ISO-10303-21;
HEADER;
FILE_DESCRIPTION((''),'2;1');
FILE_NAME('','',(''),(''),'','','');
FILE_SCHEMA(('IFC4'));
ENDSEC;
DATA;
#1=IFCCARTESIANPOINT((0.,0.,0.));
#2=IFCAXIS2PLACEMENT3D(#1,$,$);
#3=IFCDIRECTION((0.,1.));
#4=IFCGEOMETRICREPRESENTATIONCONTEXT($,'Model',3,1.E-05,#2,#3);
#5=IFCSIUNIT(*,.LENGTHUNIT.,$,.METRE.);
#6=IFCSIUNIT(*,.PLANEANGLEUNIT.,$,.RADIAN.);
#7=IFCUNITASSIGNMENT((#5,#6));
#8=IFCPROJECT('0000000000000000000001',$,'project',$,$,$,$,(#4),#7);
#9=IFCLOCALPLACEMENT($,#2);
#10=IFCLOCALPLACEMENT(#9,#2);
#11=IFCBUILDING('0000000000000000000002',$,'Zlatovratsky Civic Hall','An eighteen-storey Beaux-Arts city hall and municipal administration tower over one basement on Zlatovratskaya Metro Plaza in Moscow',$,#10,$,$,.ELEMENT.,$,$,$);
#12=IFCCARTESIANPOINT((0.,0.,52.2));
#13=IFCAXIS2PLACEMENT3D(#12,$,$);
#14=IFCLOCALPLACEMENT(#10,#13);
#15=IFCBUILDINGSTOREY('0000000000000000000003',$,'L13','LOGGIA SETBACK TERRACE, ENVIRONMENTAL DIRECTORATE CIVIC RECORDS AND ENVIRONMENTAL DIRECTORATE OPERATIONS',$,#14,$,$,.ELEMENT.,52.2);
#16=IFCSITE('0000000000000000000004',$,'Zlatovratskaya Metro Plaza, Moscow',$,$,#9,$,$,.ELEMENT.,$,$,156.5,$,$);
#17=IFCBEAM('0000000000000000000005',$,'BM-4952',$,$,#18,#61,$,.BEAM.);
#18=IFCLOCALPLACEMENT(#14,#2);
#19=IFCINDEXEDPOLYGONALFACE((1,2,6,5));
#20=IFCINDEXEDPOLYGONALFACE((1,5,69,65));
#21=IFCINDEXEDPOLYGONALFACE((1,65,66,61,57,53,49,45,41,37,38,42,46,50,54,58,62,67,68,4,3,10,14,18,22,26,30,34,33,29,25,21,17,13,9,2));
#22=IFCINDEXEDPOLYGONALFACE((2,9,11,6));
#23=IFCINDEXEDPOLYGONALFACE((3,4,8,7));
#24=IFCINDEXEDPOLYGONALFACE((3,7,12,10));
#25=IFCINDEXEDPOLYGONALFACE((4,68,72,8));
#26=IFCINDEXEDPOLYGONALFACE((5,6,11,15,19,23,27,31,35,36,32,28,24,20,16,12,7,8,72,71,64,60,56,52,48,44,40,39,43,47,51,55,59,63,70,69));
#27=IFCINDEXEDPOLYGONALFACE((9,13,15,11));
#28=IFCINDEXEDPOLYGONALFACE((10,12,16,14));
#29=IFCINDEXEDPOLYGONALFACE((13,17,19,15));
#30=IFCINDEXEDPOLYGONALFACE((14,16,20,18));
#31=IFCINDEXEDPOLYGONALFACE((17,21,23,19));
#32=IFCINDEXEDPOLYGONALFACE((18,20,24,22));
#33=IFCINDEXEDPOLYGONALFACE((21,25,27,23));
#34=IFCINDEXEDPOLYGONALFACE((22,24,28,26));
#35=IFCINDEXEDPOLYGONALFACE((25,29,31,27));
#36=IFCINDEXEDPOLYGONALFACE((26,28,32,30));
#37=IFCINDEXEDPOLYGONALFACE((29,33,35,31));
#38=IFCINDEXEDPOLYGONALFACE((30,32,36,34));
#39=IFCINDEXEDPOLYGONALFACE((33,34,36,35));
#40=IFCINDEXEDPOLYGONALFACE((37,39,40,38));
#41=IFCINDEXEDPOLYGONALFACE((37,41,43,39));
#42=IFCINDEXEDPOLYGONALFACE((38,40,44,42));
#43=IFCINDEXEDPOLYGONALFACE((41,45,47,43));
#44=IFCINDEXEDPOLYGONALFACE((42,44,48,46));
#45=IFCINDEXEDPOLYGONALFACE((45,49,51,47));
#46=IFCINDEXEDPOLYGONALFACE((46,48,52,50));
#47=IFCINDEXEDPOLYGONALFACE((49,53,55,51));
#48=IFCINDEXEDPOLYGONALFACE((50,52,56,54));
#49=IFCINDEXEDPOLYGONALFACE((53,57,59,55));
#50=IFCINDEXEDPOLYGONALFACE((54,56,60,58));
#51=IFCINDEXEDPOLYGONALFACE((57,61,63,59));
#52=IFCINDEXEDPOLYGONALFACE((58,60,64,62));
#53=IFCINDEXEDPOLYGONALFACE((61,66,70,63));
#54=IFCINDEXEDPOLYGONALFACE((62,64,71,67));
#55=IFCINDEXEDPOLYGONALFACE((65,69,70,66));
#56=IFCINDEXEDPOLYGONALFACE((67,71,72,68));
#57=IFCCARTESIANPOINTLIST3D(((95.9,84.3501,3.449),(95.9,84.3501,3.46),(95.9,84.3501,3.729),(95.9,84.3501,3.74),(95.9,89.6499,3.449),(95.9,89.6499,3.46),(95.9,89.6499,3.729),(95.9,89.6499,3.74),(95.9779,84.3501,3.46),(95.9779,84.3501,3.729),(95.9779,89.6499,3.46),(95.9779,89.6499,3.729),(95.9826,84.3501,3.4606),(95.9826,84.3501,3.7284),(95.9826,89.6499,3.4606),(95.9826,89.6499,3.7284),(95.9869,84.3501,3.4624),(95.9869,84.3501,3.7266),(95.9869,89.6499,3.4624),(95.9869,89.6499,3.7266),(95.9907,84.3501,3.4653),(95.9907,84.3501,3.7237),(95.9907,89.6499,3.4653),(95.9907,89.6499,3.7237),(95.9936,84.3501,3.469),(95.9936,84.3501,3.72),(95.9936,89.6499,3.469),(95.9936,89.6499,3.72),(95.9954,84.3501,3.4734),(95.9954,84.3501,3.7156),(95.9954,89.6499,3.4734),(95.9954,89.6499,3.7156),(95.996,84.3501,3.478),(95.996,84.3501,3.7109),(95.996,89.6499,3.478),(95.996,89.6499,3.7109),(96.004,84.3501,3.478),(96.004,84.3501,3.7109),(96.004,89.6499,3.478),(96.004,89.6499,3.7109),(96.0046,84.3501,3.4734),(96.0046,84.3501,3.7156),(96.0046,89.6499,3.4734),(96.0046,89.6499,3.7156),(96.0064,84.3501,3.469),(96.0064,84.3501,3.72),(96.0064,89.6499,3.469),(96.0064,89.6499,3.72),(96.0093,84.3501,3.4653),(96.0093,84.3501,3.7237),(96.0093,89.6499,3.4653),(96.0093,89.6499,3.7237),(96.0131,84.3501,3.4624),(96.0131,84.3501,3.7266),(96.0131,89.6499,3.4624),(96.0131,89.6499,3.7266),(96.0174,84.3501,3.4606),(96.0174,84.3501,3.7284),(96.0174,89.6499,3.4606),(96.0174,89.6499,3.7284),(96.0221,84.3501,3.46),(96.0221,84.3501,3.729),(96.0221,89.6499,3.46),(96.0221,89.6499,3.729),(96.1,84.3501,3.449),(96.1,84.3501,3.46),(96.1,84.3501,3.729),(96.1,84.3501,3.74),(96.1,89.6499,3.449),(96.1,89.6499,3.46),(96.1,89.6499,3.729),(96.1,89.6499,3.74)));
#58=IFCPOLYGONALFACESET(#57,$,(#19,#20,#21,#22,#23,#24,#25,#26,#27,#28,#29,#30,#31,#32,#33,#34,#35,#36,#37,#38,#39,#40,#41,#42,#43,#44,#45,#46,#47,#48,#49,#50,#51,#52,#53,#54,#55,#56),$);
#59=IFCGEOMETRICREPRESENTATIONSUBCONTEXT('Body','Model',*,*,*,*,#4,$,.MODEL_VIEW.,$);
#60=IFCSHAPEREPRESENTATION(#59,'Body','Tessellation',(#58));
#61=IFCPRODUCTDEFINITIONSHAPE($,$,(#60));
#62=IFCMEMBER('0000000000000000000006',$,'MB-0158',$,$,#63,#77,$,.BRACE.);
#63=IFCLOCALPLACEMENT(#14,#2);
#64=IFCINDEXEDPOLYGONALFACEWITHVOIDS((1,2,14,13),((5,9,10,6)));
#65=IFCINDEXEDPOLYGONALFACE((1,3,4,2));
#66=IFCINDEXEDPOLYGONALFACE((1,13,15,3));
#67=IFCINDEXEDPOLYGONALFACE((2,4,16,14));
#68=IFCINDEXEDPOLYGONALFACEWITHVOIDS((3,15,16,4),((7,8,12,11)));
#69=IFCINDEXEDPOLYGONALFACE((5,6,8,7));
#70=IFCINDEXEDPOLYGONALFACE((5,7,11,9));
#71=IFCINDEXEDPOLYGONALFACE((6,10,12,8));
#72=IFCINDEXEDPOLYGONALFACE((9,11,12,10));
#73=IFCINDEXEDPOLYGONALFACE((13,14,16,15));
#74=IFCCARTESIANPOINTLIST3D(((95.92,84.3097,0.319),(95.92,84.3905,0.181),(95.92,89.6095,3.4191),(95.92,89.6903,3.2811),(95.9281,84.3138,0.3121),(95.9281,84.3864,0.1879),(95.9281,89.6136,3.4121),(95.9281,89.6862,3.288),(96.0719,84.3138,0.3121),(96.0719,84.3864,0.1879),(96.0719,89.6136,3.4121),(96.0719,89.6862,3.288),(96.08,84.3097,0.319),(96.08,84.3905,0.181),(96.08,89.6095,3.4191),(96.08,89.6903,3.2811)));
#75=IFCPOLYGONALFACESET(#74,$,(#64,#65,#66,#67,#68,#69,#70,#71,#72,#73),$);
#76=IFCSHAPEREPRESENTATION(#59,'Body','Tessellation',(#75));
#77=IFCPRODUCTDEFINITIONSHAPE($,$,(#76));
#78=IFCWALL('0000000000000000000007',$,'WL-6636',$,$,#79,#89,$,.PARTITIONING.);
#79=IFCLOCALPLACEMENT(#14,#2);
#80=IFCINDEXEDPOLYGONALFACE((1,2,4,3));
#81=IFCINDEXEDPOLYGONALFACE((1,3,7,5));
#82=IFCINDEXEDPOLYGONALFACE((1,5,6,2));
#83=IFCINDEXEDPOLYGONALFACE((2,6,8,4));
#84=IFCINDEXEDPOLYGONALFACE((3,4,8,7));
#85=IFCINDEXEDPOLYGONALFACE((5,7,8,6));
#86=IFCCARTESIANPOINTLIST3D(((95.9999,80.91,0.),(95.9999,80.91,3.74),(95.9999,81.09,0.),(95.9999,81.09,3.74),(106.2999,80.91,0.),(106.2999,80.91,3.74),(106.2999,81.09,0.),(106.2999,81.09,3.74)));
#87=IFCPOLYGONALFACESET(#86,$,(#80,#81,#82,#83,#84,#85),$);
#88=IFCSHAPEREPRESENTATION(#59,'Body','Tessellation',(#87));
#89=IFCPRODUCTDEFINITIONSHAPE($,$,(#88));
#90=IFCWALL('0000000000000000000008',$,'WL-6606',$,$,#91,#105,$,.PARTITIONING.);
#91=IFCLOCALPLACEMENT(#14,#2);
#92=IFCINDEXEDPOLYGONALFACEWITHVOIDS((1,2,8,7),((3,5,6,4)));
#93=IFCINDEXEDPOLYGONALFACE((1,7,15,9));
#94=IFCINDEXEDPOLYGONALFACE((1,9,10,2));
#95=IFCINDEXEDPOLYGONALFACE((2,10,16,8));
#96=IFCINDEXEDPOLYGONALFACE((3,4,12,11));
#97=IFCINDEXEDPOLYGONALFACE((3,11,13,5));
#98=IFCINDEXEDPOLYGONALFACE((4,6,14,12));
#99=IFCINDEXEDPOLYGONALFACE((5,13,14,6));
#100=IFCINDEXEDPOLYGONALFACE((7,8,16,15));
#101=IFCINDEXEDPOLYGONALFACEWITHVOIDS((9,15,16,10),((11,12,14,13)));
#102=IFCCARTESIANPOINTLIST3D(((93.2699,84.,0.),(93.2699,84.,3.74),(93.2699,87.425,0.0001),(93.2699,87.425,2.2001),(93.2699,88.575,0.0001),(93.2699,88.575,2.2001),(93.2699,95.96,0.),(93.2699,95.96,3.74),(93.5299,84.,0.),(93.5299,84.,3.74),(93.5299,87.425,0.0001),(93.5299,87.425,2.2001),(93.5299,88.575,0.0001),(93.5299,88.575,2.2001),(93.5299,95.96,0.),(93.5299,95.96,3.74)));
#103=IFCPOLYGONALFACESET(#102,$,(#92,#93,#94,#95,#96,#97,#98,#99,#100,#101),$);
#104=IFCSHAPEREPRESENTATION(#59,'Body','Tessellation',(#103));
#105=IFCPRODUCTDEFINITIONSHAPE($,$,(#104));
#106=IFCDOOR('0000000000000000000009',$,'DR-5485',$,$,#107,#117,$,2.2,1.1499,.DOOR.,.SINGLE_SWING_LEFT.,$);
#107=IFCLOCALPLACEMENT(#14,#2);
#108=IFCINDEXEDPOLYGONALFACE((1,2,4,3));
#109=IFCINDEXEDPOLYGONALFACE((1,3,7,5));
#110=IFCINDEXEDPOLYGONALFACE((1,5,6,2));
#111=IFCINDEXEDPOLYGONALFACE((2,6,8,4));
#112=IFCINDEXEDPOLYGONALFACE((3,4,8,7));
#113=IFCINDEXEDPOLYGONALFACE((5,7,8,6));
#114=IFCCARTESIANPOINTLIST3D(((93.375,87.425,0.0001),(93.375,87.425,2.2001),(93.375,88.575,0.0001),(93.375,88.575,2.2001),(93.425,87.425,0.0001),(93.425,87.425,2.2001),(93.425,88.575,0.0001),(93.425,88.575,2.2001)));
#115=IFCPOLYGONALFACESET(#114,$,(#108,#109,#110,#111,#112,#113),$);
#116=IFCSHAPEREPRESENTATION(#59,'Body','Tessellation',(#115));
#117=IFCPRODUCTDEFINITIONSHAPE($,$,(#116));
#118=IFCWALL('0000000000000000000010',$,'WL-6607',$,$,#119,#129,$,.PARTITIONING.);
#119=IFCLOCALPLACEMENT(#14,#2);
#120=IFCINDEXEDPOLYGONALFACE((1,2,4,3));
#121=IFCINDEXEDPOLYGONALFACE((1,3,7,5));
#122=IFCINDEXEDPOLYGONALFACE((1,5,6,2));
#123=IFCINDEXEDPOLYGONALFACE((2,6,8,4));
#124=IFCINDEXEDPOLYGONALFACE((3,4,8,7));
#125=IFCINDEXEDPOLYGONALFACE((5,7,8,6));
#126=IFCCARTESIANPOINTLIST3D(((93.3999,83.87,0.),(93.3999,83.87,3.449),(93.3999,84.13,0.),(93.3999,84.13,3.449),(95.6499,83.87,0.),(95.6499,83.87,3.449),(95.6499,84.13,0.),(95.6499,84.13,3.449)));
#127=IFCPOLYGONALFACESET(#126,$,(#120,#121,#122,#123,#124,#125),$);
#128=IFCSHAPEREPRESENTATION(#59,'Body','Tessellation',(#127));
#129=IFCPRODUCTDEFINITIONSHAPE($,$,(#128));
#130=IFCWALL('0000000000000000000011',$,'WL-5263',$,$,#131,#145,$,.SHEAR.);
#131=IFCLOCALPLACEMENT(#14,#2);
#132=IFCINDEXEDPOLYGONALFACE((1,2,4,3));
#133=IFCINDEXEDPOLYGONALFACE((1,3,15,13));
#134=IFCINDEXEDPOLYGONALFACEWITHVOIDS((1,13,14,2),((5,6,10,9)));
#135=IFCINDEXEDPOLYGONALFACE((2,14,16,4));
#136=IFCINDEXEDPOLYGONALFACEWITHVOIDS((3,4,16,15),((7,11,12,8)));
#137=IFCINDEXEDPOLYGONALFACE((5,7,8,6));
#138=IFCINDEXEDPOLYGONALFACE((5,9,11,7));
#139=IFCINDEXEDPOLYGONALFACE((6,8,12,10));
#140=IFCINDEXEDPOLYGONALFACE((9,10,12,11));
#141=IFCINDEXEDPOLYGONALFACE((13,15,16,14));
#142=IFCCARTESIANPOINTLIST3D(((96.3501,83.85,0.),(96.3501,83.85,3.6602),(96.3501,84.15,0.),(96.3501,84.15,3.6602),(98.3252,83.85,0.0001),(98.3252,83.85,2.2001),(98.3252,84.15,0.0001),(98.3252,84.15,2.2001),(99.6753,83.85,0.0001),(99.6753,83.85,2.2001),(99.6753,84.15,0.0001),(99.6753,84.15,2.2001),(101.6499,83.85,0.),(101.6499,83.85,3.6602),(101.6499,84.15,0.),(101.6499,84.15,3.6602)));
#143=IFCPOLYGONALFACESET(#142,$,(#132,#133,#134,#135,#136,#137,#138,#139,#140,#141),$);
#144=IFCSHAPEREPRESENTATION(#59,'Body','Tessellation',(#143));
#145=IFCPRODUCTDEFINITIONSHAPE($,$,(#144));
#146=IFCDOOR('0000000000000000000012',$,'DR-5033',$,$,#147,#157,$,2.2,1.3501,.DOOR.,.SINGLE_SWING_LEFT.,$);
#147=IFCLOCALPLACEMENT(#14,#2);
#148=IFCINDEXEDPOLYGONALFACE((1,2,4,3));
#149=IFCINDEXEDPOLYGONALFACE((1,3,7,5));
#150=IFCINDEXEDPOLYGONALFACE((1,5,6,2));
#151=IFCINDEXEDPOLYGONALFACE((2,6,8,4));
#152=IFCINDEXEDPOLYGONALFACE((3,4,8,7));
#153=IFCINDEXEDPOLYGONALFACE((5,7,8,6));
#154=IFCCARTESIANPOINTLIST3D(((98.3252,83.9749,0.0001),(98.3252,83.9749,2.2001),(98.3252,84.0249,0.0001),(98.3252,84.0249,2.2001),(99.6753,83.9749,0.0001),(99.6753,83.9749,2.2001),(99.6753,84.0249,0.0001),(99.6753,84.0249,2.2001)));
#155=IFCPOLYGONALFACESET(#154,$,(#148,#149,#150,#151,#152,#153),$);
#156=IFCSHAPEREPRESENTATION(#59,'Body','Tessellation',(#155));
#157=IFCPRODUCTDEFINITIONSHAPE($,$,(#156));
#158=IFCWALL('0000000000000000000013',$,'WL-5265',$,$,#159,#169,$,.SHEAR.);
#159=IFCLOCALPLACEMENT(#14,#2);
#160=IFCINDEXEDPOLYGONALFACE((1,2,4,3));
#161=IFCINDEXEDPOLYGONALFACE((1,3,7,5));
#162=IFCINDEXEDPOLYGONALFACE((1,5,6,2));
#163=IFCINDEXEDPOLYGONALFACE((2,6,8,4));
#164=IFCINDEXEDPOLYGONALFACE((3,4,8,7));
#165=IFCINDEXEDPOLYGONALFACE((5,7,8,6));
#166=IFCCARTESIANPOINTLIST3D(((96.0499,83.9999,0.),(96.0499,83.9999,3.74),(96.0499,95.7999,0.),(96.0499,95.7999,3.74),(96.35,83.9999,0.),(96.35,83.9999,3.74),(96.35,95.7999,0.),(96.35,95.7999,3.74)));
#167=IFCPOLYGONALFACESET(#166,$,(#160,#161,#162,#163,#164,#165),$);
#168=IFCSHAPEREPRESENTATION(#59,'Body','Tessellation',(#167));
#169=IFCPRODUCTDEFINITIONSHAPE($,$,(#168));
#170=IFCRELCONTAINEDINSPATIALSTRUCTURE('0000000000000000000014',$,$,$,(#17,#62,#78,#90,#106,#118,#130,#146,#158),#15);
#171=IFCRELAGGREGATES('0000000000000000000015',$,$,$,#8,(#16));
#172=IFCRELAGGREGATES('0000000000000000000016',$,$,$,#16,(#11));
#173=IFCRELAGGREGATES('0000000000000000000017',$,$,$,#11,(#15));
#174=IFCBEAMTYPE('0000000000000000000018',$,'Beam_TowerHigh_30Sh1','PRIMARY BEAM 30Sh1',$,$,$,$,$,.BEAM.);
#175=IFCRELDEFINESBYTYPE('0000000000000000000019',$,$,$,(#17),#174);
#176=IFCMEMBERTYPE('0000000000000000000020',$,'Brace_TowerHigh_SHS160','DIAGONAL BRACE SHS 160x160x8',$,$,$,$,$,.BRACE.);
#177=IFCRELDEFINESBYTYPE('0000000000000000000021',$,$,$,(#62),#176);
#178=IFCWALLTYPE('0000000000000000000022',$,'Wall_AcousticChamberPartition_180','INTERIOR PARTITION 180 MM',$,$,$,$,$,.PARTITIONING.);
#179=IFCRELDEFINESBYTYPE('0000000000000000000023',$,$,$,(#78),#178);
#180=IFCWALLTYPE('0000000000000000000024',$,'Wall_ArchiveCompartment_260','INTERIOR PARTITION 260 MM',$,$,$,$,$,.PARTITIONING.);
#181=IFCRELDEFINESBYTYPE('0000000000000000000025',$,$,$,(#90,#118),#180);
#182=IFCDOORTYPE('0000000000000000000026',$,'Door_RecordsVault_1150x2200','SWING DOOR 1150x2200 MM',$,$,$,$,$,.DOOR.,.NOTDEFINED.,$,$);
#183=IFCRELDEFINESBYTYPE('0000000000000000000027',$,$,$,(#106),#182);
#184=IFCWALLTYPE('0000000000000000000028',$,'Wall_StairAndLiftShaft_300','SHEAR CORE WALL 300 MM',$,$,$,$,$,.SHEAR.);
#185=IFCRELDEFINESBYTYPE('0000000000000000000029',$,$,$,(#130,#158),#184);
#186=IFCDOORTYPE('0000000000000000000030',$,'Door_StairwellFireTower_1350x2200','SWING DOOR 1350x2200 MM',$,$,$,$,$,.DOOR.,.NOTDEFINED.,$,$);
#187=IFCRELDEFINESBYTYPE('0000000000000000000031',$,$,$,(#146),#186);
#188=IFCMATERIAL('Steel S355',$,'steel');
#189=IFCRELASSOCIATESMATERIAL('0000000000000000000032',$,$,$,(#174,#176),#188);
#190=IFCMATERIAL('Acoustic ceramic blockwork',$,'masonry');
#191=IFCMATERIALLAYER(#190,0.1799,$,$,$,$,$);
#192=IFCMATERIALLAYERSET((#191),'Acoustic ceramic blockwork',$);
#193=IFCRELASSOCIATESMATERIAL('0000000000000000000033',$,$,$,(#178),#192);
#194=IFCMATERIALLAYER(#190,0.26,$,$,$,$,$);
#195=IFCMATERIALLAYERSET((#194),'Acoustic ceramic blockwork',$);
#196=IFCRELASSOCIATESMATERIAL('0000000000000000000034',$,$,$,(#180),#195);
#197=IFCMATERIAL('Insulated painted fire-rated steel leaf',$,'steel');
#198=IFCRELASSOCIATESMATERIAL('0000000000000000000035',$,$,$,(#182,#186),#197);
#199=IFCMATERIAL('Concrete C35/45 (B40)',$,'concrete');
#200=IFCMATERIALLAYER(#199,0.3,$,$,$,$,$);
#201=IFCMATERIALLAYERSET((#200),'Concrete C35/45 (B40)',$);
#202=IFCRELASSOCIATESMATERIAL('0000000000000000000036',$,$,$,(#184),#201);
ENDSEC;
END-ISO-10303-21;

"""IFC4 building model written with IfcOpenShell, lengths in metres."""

from ifc_helpers import new_model, si_unit, direction, frame, frame_2d, origin, origin_2d, place, context, subcontext, project, spatial, rectangle, hollow_rectangle, i_section, extrude, material, layer, layer_set, material_profile, profile_set, type_object, element, fill, save


model = new_model("IFC4")

# Units and contexts
model_context = context("Model", 3, precision=1e-05, world=origin(), true_north=direction((0.0, 1.0)))
body_context = subcontext(model_context, "Body", "Model", "MODEL_VIEW")
ifc_project = project(units=[si_unit("LENGTHUNIT", "METRE"), si_unit("PLANEANGLEUNIT", "RADIAN")], contexts=[model_context])

# Site, building, storey
site_placement = place(None, origin())
site = spatial("IfcSite", under=ifc_project, at=site_placement, Name="Zlatovratskaya Metro Plaza, Moscow", CompositionType="ELEMENT", RefElevation=156.5)
building_placement = place(site_placement, origin())
building = spatial("IfcBuilding", under=site, at=building_placement, Name="Zlatovratsky Civic Hall", Description="An eighteen-storey Beaux-Arts city hall and municipal administration tower over one basement on Zlatovratskaya Metro Plaza in Moscow", CompositionType="ELEMENT")
storey_placement = place(building_placement, frame((0.0, 0.0, 52.2)))
storey = spatial("IfcBuildingStorey", under=building, at=storey_placement, Name="L13", Description="LOGGIA SETBACK TERRACE, ENVIRONMENTAL DIRECTORATE CIVIC RECORDS AND ENVIRONMENTAL DIRECTORATE OPERATIONS", CompositionType="ELEMENT", Elevation=52.2)

# Shared definitions
ifc_material_1 = material(Name="Concrete C35/45 (B40)", Category="concrete")

# Beam
ifc_material_2 = material(Name="Steel S355", Category="steel")
ifc_material_profile_1 = material_profile(ifc_material_2, i_section(OverallWidth=0.2, OverallDepth=0.291, WebThickness=0.0081, FlangeThickness=0.011, FilletRadius=0.0181, at=origin_2d()), Name="30Sh1")
ifc_profile_set_1 = profile_set([ifc_material_profile_1], Name="Steel S355")
beam_type_1 = type_object("IfcBeamType", Name="Beam_TowerHigh_30Sh1", Description="PRIMARY BEAM 30Sh1", PredefinedType="BEAM", material=ifc_profile_set_1)
for number, where, z_axis, x_axis, name in (
    (1, (96.0, 84.3501, 3.5945), (0.0, 1.0, 0.0), (-1.0, 0.0, 0.0), "BM-4952"),
):
    element("IfcBeam", number, at=place(storey_placement, frame(where, z_axis=z_axis, x_axis=x_axis)), inside=storey, type_object=beam_type_1, Name=name, PredefinedType="BEAM", context=body_context, shape_type="SweptSolid", body=[
        extrude(i_section(OverallWidth=0.2, OverallDepth=0.291, WebThickness=0.0081, FlangeThickness=0.011, FilletRadius=0.0181, at=origin_2d()), origin(), (0.0, 0.0, 1.0), 5.2998),
    ])

# Member
ifc_material_profile_2 = material_profile(ifc_material_2, hollow_rectangle(XDim=0.1599, YDim=0.1599, WallThickness=0.0081, at=origin_2d()), Name="SHS 160x160x8")
ifc_profile_set_2 = profile_set([ifc_material_profile_2], Name="Steel S355")
member_type = type_object("IfcMemberType", Name="Brace_TowerHigh_SHS160", Description="DIAGONAL BRACE SHS 160x160x8", PredefinedType="BRACE", material=ifc_profile_set_2)
member_placement = place(storey_placement, frame((96.0, 84.3501, 0.25), z_axis=(0.0, 0.863173, 0.504909), x_axis=(-1.0, 0.0, 0.0)))
element("IfcMember", 2, at=member_placement, inside=storey, type_object=member_type, Name="MB-0158", PredefinedType="BRACE", context=body_context, shape_type="SweptSolid", body=[
    extrude(hollow_rectangle(XDim=0.1599, YDim=0.1599, WallThickness=0.0081, at=origin_2d()), origin(), (0.0, 0.0, 1.0), 6.1399),
])

# Wall
ifc_material_3 = material(Name="Acoustic ceramic blockwork", Category="masonry")
ifc_layer_1 = layer(ifc_material_3, 0.1799)
ifc_layer_set_1 = layer_set([ifc_layer_1], Name="Acoustic ceramic blockwork")
wall_type_1 = type_object("IfcWallType", Name="Wall_AcousticChamberPartition_180", Description="INTERIOR PARTITION 180 MM", PredefinedType="PARTITIONING", material=ifc_layer_set_1)
wall_1_placement = place(storey_placement, frame((96.0, 81.0, 0.0), z_axis=(0.0, 0.0, 1.0), x_axis=(1.0, 0.0, 0.0)))
element("IfcWall", 3, at=wall_1_placement, inside=storey, type_object=wall_type_1, Name="WL-6636", PredefinedType="PARTITIONING", context=body_context, shape_type="SweptSolid", body=[
    extrude(rectangle(XDim=10.3, YDim=0.1799, at=frame_2d((5.1499, 0.0))), origin(), (0.0, 0.0, 1.0), 3.74),
])

# Wall, opening, door
ifc_layer_2 = layer(ifc_material_3, 0.26)
ifc_layer_set_2 = layer_set([ifc_layer_2], Name="Acoustic ceramic blockwork")
wall_type_2 = type_object("IfcWallType", Name="Wall_ArchiveCompartment_260", Description="INTERIOR PARTITION 260 MM", PredefinedType="PARTITIONING", material=ifc_layer_set_2)
wall_2_placement = place(storey_placement, frame((93.3999, 84.0, 0.0), z_axis=(0.0, 0.0, 1.0), x_axis=(0.0, 1.0, 0.0)))
wall_2 = element("IfcWall", 4, at=wall_2_placement, inside=storey, type_object=wall_type_2, Name="WL-6606", PredefinedType="PARTITIONING", context=body_context, shape_type="SweptSolid", body=[
    extrude(rectangle(XDim=11.96, YDim=0.26, at=frame_2d((5.98, 0.0))), origin(), (0.0, 0.0, 1.0), 3.74),
])
opening_1_placement = place(wall_2_placement, frame((3.425, 0.0, 0.0)))
opening_1 = element("IfcOpeningElement", 5, at=opening_1_placement, cuts=wall_2, PredefinedType="OPENING", context=body_context, shape_type="SweptSolid", body=[
    extrude(rectangle(XDim=1.1499, YDim=2.2, at=frame_2d((0.575, 1.1001))), frame((0.0, 0.145, 0.0), z_axis=(0.0, -1.0, 0.0), x_axis=(1.0, 0.0, 0.0)), (0.0, 0.0, 1.0), 0.2898),
])
ifc_material_4 = material(Name="Insulated painted fire-rated steel leaf", Category="steel")
door_type_1 = type_object("IfcDoorType", Name="Door_RecordsVault_1150x2200", Description="SWING DOOR 1150x2200 MM", OperationType="NOTDEFINED", PredefinedType="DOOR", material=ifc_material_4)
door_1_placement = place(opening_1_placement, origin())
door_1 = element("IfcDoor", 6, at=door_1_placement, inside=storey, type_object=door_type_1, Name="DR-5485", OperationType="SINGLE_SWING_LEFT", OverallHeight=2.2, OverallWidth=1.1499, PredefinedType="DOOR", context=body_context, shape_type="SweptSolid", body=[
    extrude(rectangle(XDim=1.1499, YDim=2.2, at=frame_2d((0.575, 1.1001))), frame((0.0, 0.0249, 0.0), z_axis=(0.0, -1.0, 0.0), x_axis=(1.0, 0.0, 0.0)), (0.0, 0.0, 1.0), 0.05),
])
fill(opening_1, door_1)

# Wall
wall_3_placement = place(storey_placement, frame((93.3999, 84.0, 0.0), z_axis=(0.0, 0.0, 1.0), x_axis=(1.0, 0.0, 0.0)))
element("IfcWall", 7, at=wall_3_placement, inside=storey, type_object=wall_type_2, Name="WL-6607", PredefinedType="PARTITIONING", context=body_context, shape_type="SweptSolid", body=[
    extrude(rectangle(XDim=2.25, YDim=0.26, at=frame_2d((1.125, 0.0))), origin(), (0.0, 0.0, 1.0), 3.449),
])

# Wall, opening, door
ifc_layer_3 = layer(ifc_material_1, 0.3)
ifc_layer_set_3 = layer_set([ifc_layer_3], Name="Concrete C35/45 (B40)")
wall_type_3 = type_object("IfcWallType", Name="Wall_StairAndLiftShaft_300", Description="SHEAR CORE WALL 300 MM", PredefinedType="SHEAR", material=ifc_layer_set_3)
wall_4_placement = place(storey_placement, frame((96.3501, 84.0, 0.0), z_axis=(0.0, 0.0, 1.0), x_axis=(1.0, 0.0, 0.0)))
wall_4 = element("IfcWall", 8, at=wall_4_placement, inside=storey, type_object=wall_type_3, Name="WL-5263", PredefinedType="SHEAR", context=body_context, shape_type="SweptSolid", body=[
    extrude(rectangle(XDim=5.2998, YDim=0.3, at=frame_2d((2.6499, 0.0))), origin(), (0.0, 0.0, 1.0), 3.6602),
])
opening_2_placement = place(wall_4_placement, frame((1.9751, 0.0, 0.0)))
opening_2 = element("IfcOpeningElement", 9, at=opening_2_placement, cuts=wall_4, PredefinedType="OPENING", context=body_context, shape_type="SweptSolid", body=[
    extrude(rectangle(XDim=1.3501, YDim=2.2, at=frame_2d((0.675, 1.1001))), frame((0.0, 0.165, 0.0), z_axis=(0.0, -1.0, 0.0), x_axis=(1.0, 0.0, 0.0)), (0.0, 0.0, 1.0), 0.3298),
])
door_type_2 = type_object("IfcDoorType", Name="Door_StairwellFireTower_1350x2200", Description="SWING DOOR 1350x2200 MM", OperationType="NOTDEFINED", PredefinedType="DOOR", material=ifc_material_4)
door_2_placement = place(opening_2_placement, origin())
door_2 = element("IfcDoor", 10, at=door_2_placement, inside=storey, type_object=door_type_2, Name="DR-5033", OperationType="SINGLE_SWING_LEFT", OverallHeight=2.2, OverallWidth=1.3501, PredefinedType="DOOR", context=body_context, shape_type="SweptSolid", body=[
    extrude(rectangle(XDim=1.3501, YDim=2.2, at=frame_2d((0.675, 1.1001))), frame((0.0, 0.0249, 0.0), z_axis=(0.0, -1.0, 0.0), x_axis=(1.0, 0.0, 0.0)), (0.0, 0.0, 1.0), 0.05),
])
fill(opening_2, door_2)

# Wall
wall_5_placement = place(storey_placement, frame((96.2, 84.0, 0.0), z_axis=(0.0, 0.0, 1.0), x_axis=(0.0, 1.0, 0.0)))
element("IfcWall", 11, at=wall_5_placement, inside=storey, type_object=wall_type_3, Name="WL-5265", PredefinedType="SHEAR", context=body_context, shape_type="SweptSolid", body=[
    extrude(rectangle(XDim=11.8, YDim=0.3, at=frame_2d((5.8999, 0.0))), origin(), (0.0, 0.0, 1.0), 3.74),
])

save(model, "model.ifc")
